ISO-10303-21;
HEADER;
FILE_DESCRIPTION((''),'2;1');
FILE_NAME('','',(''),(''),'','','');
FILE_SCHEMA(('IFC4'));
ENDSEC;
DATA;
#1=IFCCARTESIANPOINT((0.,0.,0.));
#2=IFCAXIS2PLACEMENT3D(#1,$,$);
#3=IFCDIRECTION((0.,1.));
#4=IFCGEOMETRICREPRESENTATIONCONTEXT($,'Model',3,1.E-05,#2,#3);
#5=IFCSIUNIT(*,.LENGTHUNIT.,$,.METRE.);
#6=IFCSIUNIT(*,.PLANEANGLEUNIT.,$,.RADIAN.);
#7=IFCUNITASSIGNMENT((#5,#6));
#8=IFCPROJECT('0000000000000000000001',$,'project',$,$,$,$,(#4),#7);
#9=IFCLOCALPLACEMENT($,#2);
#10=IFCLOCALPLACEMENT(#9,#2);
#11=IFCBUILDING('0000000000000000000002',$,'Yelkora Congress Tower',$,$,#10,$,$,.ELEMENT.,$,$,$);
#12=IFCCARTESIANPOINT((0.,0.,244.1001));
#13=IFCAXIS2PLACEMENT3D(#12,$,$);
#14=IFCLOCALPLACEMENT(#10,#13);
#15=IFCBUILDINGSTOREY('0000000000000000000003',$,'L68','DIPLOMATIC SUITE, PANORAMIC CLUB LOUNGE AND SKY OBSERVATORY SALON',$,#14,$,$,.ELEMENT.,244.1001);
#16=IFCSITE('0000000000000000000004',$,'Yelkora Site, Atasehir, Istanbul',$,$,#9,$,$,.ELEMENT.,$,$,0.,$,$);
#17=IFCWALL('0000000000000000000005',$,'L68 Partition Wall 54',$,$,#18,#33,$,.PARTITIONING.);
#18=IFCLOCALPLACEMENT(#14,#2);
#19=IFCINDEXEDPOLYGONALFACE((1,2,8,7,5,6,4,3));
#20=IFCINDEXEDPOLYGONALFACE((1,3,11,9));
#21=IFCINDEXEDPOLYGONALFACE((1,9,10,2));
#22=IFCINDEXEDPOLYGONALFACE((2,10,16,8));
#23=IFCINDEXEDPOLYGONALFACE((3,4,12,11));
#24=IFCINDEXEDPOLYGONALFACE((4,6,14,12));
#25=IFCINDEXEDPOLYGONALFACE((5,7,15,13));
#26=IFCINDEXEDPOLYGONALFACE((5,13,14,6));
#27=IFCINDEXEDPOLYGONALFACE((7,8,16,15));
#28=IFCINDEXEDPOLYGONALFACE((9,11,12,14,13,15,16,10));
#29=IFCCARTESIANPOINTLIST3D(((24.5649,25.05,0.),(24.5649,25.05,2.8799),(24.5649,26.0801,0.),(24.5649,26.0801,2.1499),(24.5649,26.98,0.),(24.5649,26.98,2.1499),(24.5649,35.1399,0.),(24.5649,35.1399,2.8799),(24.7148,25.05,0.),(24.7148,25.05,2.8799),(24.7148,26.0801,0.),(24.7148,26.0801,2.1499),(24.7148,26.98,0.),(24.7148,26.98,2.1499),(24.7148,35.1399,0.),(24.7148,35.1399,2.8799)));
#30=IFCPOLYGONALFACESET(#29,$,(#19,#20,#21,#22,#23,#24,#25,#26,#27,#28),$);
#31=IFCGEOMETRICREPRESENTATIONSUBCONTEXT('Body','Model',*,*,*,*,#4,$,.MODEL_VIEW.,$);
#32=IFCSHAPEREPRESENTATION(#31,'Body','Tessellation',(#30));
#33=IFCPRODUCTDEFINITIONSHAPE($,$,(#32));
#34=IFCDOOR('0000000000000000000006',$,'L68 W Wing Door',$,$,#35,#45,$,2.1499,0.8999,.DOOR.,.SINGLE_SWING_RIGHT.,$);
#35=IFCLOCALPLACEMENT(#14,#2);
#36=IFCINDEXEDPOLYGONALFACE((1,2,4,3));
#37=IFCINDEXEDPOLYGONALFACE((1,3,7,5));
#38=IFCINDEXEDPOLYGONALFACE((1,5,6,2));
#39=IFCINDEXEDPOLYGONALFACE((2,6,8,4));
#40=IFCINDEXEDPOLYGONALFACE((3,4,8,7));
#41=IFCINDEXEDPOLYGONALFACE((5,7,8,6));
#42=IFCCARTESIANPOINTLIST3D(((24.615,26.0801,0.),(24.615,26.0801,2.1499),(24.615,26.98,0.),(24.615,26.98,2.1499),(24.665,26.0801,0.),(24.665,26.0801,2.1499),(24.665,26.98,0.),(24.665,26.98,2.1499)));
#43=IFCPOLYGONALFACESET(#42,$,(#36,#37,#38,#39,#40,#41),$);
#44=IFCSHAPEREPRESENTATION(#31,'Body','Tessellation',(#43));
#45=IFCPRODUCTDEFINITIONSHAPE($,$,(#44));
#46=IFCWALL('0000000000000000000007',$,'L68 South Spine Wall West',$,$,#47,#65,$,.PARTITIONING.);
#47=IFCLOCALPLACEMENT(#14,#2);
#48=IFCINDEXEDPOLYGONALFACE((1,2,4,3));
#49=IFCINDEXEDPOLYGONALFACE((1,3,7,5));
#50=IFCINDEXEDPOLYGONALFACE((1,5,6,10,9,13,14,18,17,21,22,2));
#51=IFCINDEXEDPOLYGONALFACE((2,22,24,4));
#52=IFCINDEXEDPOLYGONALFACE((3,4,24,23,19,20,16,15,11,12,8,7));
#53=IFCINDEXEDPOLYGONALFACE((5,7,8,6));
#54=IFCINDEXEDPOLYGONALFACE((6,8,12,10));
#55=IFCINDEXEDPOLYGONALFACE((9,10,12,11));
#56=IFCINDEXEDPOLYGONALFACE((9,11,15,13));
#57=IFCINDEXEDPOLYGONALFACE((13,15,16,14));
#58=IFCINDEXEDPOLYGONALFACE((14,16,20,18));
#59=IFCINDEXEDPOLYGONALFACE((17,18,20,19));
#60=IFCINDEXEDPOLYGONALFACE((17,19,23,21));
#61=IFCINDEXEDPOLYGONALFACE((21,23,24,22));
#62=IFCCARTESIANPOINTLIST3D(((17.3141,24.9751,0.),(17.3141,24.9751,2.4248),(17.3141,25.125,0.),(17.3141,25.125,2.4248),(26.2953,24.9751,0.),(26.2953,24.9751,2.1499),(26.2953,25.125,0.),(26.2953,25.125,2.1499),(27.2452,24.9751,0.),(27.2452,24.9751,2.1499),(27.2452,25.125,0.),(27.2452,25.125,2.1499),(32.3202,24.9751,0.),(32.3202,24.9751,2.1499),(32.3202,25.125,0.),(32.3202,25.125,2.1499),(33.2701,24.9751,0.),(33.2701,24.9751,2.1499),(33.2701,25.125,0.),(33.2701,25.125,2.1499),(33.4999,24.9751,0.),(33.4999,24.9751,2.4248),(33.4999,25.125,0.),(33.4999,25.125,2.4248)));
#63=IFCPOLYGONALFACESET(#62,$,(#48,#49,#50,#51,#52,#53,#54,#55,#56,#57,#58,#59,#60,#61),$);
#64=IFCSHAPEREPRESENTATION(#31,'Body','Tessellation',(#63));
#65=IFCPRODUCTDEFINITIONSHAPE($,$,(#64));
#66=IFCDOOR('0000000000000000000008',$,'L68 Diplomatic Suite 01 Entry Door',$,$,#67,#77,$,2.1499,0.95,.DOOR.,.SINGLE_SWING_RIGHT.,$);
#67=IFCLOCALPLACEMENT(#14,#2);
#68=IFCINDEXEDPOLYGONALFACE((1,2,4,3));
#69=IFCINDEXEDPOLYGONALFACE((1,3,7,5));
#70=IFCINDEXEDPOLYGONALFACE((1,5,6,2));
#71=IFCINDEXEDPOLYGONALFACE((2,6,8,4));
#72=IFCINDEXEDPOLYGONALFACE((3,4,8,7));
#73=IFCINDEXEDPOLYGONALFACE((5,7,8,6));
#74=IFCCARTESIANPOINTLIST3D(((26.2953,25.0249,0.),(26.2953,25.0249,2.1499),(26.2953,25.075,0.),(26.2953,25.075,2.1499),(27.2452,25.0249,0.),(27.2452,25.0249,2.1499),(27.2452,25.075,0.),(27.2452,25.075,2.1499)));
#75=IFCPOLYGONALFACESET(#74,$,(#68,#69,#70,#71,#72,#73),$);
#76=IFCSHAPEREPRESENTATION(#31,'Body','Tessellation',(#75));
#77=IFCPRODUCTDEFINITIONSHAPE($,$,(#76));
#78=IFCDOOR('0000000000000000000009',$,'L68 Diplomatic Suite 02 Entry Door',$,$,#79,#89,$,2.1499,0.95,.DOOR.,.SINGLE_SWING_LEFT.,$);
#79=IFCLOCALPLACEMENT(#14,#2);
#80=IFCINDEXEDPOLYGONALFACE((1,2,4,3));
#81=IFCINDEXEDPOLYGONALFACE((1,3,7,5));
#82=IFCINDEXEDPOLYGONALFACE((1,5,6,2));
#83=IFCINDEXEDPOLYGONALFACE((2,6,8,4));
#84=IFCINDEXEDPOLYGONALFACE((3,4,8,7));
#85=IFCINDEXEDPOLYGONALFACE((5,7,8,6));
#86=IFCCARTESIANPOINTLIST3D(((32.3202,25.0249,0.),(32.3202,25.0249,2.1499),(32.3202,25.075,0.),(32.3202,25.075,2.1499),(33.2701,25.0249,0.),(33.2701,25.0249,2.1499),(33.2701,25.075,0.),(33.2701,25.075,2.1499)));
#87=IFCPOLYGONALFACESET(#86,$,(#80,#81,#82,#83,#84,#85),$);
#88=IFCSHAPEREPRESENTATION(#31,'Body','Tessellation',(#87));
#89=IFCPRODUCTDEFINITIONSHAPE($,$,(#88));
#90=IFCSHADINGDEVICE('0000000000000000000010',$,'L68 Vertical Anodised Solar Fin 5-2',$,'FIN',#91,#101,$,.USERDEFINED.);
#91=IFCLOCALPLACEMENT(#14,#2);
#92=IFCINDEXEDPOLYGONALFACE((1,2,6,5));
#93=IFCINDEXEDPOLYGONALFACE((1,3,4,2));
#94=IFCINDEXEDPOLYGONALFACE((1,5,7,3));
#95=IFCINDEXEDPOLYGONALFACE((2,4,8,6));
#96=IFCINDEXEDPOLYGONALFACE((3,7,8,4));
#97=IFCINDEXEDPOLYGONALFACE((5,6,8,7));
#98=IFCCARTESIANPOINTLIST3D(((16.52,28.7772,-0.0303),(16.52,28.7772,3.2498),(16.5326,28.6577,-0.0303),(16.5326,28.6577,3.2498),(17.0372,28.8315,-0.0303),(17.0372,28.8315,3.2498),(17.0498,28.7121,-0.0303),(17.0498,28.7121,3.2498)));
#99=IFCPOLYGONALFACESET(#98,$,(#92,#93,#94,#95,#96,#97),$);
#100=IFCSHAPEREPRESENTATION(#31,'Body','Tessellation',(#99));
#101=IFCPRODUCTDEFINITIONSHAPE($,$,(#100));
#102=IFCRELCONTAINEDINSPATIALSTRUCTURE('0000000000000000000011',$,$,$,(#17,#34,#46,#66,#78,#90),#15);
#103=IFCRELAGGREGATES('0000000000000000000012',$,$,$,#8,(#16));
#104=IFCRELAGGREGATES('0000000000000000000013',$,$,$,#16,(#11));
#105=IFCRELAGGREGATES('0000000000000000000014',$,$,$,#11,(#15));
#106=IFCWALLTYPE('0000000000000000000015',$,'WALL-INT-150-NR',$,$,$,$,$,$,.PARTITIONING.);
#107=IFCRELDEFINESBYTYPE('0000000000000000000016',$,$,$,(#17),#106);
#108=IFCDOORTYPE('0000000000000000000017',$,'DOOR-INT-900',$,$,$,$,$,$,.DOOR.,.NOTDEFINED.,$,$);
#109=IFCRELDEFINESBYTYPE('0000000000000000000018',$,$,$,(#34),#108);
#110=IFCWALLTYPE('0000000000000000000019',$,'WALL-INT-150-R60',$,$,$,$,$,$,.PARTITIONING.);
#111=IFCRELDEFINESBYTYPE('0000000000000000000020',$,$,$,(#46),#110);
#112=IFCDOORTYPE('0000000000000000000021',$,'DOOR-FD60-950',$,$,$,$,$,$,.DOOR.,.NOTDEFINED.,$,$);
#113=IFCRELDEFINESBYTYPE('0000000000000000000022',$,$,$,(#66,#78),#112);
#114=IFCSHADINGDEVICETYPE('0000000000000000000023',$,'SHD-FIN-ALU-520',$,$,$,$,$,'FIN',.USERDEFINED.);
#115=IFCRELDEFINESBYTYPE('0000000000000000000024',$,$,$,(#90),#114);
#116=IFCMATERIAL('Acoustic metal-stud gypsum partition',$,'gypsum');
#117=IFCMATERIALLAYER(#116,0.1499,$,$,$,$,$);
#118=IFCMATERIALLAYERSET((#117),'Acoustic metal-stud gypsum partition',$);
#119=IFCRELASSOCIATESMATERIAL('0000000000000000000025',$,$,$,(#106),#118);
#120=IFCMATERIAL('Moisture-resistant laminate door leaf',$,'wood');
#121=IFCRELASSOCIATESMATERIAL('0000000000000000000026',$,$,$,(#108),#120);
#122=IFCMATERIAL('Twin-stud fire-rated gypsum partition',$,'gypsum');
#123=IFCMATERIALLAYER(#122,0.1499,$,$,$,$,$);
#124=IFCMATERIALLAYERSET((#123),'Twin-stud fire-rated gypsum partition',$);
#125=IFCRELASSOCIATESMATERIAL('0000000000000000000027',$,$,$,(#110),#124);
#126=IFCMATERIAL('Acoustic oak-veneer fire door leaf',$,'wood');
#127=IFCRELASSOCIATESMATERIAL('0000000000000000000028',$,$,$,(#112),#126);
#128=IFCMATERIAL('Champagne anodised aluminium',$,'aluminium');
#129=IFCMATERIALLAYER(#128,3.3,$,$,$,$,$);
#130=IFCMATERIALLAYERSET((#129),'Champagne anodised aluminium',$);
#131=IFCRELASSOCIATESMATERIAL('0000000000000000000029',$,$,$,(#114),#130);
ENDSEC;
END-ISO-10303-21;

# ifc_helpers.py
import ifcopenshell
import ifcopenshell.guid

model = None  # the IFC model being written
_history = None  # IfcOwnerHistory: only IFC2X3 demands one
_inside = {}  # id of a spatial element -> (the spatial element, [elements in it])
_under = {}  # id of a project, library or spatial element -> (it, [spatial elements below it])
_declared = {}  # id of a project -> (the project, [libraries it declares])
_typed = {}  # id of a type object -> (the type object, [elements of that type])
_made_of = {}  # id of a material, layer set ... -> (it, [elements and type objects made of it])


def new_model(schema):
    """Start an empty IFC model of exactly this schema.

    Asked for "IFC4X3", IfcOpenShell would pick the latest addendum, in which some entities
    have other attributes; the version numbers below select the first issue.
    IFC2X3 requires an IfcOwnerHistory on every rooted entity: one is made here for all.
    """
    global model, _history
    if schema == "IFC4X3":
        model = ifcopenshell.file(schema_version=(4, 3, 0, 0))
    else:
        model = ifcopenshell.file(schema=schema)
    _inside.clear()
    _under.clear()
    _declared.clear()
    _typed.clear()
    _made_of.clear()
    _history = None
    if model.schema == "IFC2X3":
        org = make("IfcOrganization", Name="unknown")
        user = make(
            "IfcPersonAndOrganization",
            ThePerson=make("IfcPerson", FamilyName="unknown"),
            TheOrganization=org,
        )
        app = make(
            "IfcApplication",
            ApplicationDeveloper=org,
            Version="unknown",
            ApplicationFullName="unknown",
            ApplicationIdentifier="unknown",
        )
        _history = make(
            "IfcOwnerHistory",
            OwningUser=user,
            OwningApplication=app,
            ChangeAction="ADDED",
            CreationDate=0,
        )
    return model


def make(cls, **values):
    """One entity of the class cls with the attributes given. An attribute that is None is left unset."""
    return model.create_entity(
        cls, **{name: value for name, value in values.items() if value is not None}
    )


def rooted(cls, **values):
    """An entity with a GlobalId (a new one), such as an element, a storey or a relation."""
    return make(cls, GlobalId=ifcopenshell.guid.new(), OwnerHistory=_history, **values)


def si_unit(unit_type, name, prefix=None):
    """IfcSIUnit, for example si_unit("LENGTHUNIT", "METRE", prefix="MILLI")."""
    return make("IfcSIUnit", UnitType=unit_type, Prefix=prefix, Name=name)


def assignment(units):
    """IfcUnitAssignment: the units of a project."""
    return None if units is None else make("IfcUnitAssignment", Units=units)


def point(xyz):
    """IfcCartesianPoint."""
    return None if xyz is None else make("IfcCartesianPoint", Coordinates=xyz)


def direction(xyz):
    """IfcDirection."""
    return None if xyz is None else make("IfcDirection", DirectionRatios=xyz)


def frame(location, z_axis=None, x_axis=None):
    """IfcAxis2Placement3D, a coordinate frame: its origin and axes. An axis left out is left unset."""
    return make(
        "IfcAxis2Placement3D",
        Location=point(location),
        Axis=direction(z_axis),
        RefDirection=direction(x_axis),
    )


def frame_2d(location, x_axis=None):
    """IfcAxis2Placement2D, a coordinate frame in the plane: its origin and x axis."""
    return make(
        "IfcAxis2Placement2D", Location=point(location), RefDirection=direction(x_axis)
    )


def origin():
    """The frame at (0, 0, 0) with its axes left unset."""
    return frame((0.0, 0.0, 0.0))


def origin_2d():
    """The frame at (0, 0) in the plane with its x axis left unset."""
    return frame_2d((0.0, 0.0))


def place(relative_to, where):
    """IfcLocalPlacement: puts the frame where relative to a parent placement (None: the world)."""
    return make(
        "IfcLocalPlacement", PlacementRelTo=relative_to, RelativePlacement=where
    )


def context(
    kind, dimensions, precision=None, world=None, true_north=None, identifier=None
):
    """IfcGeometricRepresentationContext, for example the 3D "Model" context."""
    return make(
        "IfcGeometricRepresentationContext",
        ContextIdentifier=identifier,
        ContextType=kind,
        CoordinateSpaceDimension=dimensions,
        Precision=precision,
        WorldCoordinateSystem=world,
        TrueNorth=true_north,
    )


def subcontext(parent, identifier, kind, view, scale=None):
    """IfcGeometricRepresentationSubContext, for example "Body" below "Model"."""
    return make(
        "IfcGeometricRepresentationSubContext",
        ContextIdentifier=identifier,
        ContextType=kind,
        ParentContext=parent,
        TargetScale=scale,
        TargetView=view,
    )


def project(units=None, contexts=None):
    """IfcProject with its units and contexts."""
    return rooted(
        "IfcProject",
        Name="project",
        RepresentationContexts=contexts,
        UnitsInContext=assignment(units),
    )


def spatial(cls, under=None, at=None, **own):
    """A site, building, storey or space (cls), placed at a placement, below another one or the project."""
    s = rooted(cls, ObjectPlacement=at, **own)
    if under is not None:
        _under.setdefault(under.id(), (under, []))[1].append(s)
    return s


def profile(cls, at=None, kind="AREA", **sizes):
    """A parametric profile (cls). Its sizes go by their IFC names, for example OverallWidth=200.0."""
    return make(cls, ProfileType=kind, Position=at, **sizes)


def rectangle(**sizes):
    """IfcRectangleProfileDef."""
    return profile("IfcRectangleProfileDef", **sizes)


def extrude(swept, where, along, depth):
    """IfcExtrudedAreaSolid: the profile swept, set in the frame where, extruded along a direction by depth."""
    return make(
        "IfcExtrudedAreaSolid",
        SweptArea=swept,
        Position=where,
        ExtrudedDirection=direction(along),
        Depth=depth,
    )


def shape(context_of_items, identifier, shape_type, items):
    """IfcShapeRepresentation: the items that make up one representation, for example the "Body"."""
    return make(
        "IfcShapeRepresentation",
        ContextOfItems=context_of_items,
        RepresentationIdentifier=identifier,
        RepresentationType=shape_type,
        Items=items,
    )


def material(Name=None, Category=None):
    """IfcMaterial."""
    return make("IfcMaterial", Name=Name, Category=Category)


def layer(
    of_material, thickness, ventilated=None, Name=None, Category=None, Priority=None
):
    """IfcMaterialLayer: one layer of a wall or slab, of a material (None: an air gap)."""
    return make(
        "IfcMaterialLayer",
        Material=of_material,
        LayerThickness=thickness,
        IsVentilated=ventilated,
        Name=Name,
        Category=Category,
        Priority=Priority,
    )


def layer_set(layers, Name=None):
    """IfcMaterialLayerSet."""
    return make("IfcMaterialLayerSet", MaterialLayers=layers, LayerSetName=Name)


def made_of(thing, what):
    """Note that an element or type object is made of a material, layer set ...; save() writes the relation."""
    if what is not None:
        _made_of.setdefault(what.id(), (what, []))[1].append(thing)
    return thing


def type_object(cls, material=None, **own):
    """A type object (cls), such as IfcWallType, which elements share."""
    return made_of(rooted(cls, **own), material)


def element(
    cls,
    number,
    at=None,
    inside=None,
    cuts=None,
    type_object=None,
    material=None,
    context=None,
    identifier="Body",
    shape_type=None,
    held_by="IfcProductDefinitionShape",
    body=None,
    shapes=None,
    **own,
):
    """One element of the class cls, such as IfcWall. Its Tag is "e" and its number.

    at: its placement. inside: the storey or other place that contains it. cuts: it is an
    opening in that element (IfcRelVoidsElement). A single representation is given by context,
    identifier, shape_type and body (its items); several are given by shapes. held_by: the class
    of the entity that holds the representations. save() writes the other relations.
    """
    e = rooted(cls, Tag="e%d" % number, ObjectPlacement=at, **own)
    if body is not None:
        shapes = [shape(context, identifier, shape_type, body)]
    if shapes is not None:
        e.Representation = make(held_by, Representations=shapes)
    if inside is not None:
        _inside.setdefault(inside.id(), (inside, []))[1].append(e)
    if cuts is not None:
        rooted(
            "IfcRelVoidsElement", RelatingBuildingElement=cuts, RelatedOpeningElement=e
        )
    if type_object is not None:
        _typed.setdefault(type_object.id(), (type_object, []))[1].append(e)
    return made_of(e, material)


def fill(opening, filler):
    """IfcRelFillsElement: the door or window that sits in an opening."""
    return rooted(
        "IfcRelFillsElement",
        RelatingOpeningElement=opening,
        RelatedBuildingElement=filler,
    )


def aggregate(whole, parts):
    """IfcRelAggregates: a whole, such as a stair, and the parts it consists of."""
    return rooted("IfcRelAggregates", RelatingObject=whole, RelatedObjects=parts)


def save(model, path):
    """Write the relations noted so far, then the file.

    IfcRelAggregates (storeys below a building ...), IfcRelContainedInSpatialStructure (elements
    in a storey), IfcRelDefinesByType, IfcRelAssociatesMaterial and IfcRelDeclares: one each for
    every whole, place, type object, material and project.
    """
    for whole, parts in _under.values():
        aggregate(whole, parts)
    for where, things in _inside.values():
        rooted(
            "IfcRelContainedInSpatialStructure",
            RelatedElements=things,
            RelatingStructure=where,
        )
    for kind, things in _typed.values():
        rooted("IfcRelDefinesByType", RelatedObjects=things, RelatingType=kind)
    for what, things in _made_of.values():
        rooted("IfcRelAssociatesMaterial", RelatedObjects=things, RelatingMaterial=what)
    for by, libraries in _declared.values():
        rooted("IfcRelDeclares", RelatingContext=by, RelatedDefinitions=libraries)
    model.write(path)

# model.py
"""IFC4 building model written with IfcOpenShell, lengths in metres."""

from ifc_helpers import new_model, si_unit, direction, frame, frame_2d, origin, origin_2d, place, context, subcontext, project, spatial, rectangle, extrude, material, layer, layer_set, type_object, element, fill, save


model = new_model("IFC4")

# Units and contexts
model_context = context("Model", 3, precision=1e-05, world=origin(), true_north=direction((0.0, 1.0)))
body_context = subcontext(model_context, "Body", "Model", "MODEL_VIEW")
ifc_project = project(units=[si_unit("LENGTHUNIT", "METRE"), si_unit("PLANEANGLEUNIT", "RADIAN")], contexts=[model_context])

# Site, building, storey
site_placement = place(None, origin())
site = spatial("IfcSite", under=ifc_project, at=site_placement, Name="Yelkora Site, Atasehir, Istanbul", CompositionType="ELEMENT", RefElevation=0.0)
building_placement = place(site_placement, origin())
building = spatial("IfcBuilding", under=site, at=building_placement, Name="Yelkora Congress Tower", CompositionType="ELEMENT")
storey_placement = place(building_placement, frame((0.0, 0.0, 244.1001)))
storey = spatial("IfcBuildingStorey", under=building, at=storey_placement, Name="L68", Description="DIPLOMATIC SUITE, PANORAMIC CLUB LOUNGE AND SKY OBSERVATORY SALON", CompositionType="ELEMENT", Elevation=244.1001)

# Wall, opening, door
ifc_material_1 = material(Name="Acoustic metal-stud gypsum partition", Category="gypsum")
ifc_layer_1 = layer(ifc_material_1, 0.1499)
ifc_layer_set_1 = layer_set([ifc_layer_1], Name="Acoustic metal-stud gypsum partition")
wall_type_1 = type_object("IfcWallType", Name="WALL-INT-150-NR", PredefinedType="PARTITIONING", material=ifc_layer_set_1)
wall_1_placement = place(storey_placement, frame((24.6399, 25.05, 0.0), z_axis=(0.0, 0.0, 1.0), x_axis=(0.0, 1.0, 0.0)))
wall_1 = element("IfcWall", 1, at=wall_1_placement, inside=storey, type_object=wall_type_1, Name="L68 Partition Wall 54", PredefinedType="PARTITIONING", context=body_context, shape_type="SweptSolid", body=[
    extrude(rectangle(XDim=10.0898, YDim=0.1499, at=frame_2d((5.0449, 0.0))), origin(), (0.0, 0.0, 1.0), 2.8799),
])
opening_1_placement = place(wall_1_placement, frame((1.03, 0.0, 0.0)))
opening_1 = element("IfcOpeningElement", 2, at=opening_1_placement, cuts=wall_1, PredefinedType="OPENING", context=body_context, shape_type="SweptSolid", body=[
    extrude(rectangle(XDim=0.8999, YDim=2.1499, at=frame_2d((0.45, 1.075))), frame((0.0, 0.085, 0.0), z_axis=(0.0, -1.0, 0.0), x_axis=(1.0, 0.0, 0.0)), (0.0, 0.0, 1.0), 0.1699),
])
ifc_material_2 = material(Name="Moisture-resistant laminate door leaf", Category="wood")
door_type_1 = type_object("IfcDoorType", Name="DOOR-INT-900", OperationType="NOTDEFINED", PredefinedType="DOOR", material=ifc_material_2)
door_1_placement = place(opening_1_placement, origin())
door_1 = element("IfcDoor", 3, at=door_1_placement, inside=storey, type_object=door_type_1, Name="L68 W Wing Door", OperationType="SINGLE_SWING_RIGHT", OverallHeight=2.1499, OverallWidth=0.8999, PredefinedType="DOOR", context=body_context, shape_type="SweptSolid", body=[
    extrude(rectangle(XDim=0.8999, YDim=2.1499, at=frame_2d((0.45, 1.075))), frame((0.0, 0.0249, 0.0), z_axis=(0.0, -1.0, 0.0), x_axis=(1.0, 0.0, 0.0)), (0.0, 0.0, 1.0), 0.05),
])
fill(opening_1, door_1)

# Wall, openings, doors
ifc_material_3 = material(Name="Twin-stud fire-rated gypsum partition", Category="gypsum")
ifc_layer_2 = layer(ifc_material_3, 0.1499)
ifc_layer_set_2 = layer_set([ifc_layer_2], Name="Twin-stud fire-rated gypsum partition")
wall_type_2 = type_object("IfcWallType", Name="WALL-INT-150-R60", PredefinedType="PARTITIONING", material=ifc_layer_set_2)
wall_2_placement = place(storey_placement, frame((17.3142, 25.05, 0.0), z_axis=(0.0, 0.0, 1.0), x_axis=(1.0, 0.0, 0.0)))
wall_2 = element("IfcWall", 4, at=wall_2_placement, inside=storey, type_object=wall_type_2, Name="L68 South Spine Wall West", PredefinedType="PARTITIONING", context=body_context, shape_type="SweptSolid", body=[
    extrude(rectangle(XDim=16.1858, YDim=0.1499, at=frame_2d((8.0928, 0.0))), origin(), (0.0, 0.0, 1.0), 2.4248),
])
opening_2_placement = place(wall_2_placement, frame((8.981, 0.0, 0.0)))
opening_2 = element("IfcOpeningElement", 5, at=opening_2_placement, cuts=wall_2, PredefinedType="OPENING", context=body_context, shape_type="SweptSolid", body=[
    extrude(rectangle(XDim=0.95, YDim=2.1499, at=frame_2d((0.4751, 1.075))), frame((0.0, 0.085, 0.0), z_axis=(0.0, -1.0, 0.0), x_axis=(1.0, 0.0, 0.0)), (0.0, 0.0, 1.0), 0.1699),
])
opening_3_placement = place(wall_2_placement, frame((15.0059, 0.0, 0.0)))
opening_3 = element("IfcOpeningElement", 6, at=opening_3_placement, cuts=wall_2, PredefinedType="OPENING", context=body_context, shape_type="SweptSolid", body=[
    extrude(rectangle(XDim=0.95, YDim=2.1499, at=frame_2d((0.4751, 1.075))), frame((0.0, 0.085, 0.0), z_axis=(0.0, -1.0, 0.0), x_axis=(1.0, 0.0, 0.0)), (0.0, 0.0, 1.0), 0.1699),
])
ifc_material_4 = material(Name="Acoustic oak-veneer fire door leaf", Category="wood")
door_type_2 = type_object("IfcDoorType", Name="DOOR-FD60-950", OperationType="NOTDEFINED", PredefinedType="DOOR", material=ifc_material_4)
door_2_placement = place(opening_2_placement, origin())
door_2 = element("IfcDoor", 7, at=door_2_placement, inside=storey, type_object=door_type_2, Name="L68 Diplomatic Suite 01 Entry Door", OperationType="SINGLE_SWING_RIGHT", OverallHeight=2.1499, OverallWidth=0.95, PredefinedType="DOOR", context=body_context, shape_type="SweptSolid", body=[
    extrude(rectangle(XDim=0.95, YDim=2.1499, at=frame_2d((0.4751, 1.075))), frame((0.0, 0.0249, 0.0), z_axis=(0.0, -1.0, 0.0), x_axis=(1.0, 0.0, 0.0)), (0.0, 0.0, 1.0), 0.05),
])
fill(opening_2, door_2)
door_3_placement = place(opening_3_placement, origin())
door_3 = element("IfcDoor", 8, at=door_3_placement, inside=storey, type_object=door_type_2, Name="L68 Diplomatic Suite 02 Entry Door", OperationType="SINGLE_SWING_LEFT", OverallHeight=2.1499, OverallWidth=0.95, PredefinedType="DOOR", context=body_context, shape_type="SweptSolid", body=[
    extrude(rectangle(XDim=0.95, YDim=2.1499, at=frame_2d((0.4751, 1.075))), frame((0.0, 0.0249, 0.0), z_axis=(0.0, -1.0, 0.0), x_axis=(1.0, 0.0, 0.0)), (0.0, 0.0, 1.0), 0.05),
])
fill(opening_3, door_3)

# Shading device
ifc_material_5 = material(Name="Champagne anodised aluminium", Category="aluminium")
ifc_layer_3 = layer(ifc_material_5, 3.3)
ifc_layer_set_3 = layer_set([ifc_layer_3], Name="Champagne anodised aluminium")
shading_device_type = type_object("IfcShadingDeviceType", Name="SHD-FIN-ALU-520", ElementType="FIN", PredefinedType="USERDEFINED", material=ifc_layer_set_3)
shading_device_placement = place(storey_placement, frame((16.7849, 28.7446, -0.0303), z_axis=(0.0, 0.0, 1.0), x_axis=(-0.104528, 0.994522, 0.0)))
element("IfcShadingDevice", 9, at=shading_device_placement, inside=storey, type_object=shading_device_type, Name="L68 Vertical Anodised Solar Fin 5-2", ObjectType="FIN", PredefinedType="USERDEFINED", context=body_context, shape_type="SweptSolid", body=[
    extrude(rectangle(XDim=0.1201, YDim=0.52, at=origin_2d()), origin(), (0.0, 0.0, 1.0), 3.28),
])

save(model, "model.ifc")
